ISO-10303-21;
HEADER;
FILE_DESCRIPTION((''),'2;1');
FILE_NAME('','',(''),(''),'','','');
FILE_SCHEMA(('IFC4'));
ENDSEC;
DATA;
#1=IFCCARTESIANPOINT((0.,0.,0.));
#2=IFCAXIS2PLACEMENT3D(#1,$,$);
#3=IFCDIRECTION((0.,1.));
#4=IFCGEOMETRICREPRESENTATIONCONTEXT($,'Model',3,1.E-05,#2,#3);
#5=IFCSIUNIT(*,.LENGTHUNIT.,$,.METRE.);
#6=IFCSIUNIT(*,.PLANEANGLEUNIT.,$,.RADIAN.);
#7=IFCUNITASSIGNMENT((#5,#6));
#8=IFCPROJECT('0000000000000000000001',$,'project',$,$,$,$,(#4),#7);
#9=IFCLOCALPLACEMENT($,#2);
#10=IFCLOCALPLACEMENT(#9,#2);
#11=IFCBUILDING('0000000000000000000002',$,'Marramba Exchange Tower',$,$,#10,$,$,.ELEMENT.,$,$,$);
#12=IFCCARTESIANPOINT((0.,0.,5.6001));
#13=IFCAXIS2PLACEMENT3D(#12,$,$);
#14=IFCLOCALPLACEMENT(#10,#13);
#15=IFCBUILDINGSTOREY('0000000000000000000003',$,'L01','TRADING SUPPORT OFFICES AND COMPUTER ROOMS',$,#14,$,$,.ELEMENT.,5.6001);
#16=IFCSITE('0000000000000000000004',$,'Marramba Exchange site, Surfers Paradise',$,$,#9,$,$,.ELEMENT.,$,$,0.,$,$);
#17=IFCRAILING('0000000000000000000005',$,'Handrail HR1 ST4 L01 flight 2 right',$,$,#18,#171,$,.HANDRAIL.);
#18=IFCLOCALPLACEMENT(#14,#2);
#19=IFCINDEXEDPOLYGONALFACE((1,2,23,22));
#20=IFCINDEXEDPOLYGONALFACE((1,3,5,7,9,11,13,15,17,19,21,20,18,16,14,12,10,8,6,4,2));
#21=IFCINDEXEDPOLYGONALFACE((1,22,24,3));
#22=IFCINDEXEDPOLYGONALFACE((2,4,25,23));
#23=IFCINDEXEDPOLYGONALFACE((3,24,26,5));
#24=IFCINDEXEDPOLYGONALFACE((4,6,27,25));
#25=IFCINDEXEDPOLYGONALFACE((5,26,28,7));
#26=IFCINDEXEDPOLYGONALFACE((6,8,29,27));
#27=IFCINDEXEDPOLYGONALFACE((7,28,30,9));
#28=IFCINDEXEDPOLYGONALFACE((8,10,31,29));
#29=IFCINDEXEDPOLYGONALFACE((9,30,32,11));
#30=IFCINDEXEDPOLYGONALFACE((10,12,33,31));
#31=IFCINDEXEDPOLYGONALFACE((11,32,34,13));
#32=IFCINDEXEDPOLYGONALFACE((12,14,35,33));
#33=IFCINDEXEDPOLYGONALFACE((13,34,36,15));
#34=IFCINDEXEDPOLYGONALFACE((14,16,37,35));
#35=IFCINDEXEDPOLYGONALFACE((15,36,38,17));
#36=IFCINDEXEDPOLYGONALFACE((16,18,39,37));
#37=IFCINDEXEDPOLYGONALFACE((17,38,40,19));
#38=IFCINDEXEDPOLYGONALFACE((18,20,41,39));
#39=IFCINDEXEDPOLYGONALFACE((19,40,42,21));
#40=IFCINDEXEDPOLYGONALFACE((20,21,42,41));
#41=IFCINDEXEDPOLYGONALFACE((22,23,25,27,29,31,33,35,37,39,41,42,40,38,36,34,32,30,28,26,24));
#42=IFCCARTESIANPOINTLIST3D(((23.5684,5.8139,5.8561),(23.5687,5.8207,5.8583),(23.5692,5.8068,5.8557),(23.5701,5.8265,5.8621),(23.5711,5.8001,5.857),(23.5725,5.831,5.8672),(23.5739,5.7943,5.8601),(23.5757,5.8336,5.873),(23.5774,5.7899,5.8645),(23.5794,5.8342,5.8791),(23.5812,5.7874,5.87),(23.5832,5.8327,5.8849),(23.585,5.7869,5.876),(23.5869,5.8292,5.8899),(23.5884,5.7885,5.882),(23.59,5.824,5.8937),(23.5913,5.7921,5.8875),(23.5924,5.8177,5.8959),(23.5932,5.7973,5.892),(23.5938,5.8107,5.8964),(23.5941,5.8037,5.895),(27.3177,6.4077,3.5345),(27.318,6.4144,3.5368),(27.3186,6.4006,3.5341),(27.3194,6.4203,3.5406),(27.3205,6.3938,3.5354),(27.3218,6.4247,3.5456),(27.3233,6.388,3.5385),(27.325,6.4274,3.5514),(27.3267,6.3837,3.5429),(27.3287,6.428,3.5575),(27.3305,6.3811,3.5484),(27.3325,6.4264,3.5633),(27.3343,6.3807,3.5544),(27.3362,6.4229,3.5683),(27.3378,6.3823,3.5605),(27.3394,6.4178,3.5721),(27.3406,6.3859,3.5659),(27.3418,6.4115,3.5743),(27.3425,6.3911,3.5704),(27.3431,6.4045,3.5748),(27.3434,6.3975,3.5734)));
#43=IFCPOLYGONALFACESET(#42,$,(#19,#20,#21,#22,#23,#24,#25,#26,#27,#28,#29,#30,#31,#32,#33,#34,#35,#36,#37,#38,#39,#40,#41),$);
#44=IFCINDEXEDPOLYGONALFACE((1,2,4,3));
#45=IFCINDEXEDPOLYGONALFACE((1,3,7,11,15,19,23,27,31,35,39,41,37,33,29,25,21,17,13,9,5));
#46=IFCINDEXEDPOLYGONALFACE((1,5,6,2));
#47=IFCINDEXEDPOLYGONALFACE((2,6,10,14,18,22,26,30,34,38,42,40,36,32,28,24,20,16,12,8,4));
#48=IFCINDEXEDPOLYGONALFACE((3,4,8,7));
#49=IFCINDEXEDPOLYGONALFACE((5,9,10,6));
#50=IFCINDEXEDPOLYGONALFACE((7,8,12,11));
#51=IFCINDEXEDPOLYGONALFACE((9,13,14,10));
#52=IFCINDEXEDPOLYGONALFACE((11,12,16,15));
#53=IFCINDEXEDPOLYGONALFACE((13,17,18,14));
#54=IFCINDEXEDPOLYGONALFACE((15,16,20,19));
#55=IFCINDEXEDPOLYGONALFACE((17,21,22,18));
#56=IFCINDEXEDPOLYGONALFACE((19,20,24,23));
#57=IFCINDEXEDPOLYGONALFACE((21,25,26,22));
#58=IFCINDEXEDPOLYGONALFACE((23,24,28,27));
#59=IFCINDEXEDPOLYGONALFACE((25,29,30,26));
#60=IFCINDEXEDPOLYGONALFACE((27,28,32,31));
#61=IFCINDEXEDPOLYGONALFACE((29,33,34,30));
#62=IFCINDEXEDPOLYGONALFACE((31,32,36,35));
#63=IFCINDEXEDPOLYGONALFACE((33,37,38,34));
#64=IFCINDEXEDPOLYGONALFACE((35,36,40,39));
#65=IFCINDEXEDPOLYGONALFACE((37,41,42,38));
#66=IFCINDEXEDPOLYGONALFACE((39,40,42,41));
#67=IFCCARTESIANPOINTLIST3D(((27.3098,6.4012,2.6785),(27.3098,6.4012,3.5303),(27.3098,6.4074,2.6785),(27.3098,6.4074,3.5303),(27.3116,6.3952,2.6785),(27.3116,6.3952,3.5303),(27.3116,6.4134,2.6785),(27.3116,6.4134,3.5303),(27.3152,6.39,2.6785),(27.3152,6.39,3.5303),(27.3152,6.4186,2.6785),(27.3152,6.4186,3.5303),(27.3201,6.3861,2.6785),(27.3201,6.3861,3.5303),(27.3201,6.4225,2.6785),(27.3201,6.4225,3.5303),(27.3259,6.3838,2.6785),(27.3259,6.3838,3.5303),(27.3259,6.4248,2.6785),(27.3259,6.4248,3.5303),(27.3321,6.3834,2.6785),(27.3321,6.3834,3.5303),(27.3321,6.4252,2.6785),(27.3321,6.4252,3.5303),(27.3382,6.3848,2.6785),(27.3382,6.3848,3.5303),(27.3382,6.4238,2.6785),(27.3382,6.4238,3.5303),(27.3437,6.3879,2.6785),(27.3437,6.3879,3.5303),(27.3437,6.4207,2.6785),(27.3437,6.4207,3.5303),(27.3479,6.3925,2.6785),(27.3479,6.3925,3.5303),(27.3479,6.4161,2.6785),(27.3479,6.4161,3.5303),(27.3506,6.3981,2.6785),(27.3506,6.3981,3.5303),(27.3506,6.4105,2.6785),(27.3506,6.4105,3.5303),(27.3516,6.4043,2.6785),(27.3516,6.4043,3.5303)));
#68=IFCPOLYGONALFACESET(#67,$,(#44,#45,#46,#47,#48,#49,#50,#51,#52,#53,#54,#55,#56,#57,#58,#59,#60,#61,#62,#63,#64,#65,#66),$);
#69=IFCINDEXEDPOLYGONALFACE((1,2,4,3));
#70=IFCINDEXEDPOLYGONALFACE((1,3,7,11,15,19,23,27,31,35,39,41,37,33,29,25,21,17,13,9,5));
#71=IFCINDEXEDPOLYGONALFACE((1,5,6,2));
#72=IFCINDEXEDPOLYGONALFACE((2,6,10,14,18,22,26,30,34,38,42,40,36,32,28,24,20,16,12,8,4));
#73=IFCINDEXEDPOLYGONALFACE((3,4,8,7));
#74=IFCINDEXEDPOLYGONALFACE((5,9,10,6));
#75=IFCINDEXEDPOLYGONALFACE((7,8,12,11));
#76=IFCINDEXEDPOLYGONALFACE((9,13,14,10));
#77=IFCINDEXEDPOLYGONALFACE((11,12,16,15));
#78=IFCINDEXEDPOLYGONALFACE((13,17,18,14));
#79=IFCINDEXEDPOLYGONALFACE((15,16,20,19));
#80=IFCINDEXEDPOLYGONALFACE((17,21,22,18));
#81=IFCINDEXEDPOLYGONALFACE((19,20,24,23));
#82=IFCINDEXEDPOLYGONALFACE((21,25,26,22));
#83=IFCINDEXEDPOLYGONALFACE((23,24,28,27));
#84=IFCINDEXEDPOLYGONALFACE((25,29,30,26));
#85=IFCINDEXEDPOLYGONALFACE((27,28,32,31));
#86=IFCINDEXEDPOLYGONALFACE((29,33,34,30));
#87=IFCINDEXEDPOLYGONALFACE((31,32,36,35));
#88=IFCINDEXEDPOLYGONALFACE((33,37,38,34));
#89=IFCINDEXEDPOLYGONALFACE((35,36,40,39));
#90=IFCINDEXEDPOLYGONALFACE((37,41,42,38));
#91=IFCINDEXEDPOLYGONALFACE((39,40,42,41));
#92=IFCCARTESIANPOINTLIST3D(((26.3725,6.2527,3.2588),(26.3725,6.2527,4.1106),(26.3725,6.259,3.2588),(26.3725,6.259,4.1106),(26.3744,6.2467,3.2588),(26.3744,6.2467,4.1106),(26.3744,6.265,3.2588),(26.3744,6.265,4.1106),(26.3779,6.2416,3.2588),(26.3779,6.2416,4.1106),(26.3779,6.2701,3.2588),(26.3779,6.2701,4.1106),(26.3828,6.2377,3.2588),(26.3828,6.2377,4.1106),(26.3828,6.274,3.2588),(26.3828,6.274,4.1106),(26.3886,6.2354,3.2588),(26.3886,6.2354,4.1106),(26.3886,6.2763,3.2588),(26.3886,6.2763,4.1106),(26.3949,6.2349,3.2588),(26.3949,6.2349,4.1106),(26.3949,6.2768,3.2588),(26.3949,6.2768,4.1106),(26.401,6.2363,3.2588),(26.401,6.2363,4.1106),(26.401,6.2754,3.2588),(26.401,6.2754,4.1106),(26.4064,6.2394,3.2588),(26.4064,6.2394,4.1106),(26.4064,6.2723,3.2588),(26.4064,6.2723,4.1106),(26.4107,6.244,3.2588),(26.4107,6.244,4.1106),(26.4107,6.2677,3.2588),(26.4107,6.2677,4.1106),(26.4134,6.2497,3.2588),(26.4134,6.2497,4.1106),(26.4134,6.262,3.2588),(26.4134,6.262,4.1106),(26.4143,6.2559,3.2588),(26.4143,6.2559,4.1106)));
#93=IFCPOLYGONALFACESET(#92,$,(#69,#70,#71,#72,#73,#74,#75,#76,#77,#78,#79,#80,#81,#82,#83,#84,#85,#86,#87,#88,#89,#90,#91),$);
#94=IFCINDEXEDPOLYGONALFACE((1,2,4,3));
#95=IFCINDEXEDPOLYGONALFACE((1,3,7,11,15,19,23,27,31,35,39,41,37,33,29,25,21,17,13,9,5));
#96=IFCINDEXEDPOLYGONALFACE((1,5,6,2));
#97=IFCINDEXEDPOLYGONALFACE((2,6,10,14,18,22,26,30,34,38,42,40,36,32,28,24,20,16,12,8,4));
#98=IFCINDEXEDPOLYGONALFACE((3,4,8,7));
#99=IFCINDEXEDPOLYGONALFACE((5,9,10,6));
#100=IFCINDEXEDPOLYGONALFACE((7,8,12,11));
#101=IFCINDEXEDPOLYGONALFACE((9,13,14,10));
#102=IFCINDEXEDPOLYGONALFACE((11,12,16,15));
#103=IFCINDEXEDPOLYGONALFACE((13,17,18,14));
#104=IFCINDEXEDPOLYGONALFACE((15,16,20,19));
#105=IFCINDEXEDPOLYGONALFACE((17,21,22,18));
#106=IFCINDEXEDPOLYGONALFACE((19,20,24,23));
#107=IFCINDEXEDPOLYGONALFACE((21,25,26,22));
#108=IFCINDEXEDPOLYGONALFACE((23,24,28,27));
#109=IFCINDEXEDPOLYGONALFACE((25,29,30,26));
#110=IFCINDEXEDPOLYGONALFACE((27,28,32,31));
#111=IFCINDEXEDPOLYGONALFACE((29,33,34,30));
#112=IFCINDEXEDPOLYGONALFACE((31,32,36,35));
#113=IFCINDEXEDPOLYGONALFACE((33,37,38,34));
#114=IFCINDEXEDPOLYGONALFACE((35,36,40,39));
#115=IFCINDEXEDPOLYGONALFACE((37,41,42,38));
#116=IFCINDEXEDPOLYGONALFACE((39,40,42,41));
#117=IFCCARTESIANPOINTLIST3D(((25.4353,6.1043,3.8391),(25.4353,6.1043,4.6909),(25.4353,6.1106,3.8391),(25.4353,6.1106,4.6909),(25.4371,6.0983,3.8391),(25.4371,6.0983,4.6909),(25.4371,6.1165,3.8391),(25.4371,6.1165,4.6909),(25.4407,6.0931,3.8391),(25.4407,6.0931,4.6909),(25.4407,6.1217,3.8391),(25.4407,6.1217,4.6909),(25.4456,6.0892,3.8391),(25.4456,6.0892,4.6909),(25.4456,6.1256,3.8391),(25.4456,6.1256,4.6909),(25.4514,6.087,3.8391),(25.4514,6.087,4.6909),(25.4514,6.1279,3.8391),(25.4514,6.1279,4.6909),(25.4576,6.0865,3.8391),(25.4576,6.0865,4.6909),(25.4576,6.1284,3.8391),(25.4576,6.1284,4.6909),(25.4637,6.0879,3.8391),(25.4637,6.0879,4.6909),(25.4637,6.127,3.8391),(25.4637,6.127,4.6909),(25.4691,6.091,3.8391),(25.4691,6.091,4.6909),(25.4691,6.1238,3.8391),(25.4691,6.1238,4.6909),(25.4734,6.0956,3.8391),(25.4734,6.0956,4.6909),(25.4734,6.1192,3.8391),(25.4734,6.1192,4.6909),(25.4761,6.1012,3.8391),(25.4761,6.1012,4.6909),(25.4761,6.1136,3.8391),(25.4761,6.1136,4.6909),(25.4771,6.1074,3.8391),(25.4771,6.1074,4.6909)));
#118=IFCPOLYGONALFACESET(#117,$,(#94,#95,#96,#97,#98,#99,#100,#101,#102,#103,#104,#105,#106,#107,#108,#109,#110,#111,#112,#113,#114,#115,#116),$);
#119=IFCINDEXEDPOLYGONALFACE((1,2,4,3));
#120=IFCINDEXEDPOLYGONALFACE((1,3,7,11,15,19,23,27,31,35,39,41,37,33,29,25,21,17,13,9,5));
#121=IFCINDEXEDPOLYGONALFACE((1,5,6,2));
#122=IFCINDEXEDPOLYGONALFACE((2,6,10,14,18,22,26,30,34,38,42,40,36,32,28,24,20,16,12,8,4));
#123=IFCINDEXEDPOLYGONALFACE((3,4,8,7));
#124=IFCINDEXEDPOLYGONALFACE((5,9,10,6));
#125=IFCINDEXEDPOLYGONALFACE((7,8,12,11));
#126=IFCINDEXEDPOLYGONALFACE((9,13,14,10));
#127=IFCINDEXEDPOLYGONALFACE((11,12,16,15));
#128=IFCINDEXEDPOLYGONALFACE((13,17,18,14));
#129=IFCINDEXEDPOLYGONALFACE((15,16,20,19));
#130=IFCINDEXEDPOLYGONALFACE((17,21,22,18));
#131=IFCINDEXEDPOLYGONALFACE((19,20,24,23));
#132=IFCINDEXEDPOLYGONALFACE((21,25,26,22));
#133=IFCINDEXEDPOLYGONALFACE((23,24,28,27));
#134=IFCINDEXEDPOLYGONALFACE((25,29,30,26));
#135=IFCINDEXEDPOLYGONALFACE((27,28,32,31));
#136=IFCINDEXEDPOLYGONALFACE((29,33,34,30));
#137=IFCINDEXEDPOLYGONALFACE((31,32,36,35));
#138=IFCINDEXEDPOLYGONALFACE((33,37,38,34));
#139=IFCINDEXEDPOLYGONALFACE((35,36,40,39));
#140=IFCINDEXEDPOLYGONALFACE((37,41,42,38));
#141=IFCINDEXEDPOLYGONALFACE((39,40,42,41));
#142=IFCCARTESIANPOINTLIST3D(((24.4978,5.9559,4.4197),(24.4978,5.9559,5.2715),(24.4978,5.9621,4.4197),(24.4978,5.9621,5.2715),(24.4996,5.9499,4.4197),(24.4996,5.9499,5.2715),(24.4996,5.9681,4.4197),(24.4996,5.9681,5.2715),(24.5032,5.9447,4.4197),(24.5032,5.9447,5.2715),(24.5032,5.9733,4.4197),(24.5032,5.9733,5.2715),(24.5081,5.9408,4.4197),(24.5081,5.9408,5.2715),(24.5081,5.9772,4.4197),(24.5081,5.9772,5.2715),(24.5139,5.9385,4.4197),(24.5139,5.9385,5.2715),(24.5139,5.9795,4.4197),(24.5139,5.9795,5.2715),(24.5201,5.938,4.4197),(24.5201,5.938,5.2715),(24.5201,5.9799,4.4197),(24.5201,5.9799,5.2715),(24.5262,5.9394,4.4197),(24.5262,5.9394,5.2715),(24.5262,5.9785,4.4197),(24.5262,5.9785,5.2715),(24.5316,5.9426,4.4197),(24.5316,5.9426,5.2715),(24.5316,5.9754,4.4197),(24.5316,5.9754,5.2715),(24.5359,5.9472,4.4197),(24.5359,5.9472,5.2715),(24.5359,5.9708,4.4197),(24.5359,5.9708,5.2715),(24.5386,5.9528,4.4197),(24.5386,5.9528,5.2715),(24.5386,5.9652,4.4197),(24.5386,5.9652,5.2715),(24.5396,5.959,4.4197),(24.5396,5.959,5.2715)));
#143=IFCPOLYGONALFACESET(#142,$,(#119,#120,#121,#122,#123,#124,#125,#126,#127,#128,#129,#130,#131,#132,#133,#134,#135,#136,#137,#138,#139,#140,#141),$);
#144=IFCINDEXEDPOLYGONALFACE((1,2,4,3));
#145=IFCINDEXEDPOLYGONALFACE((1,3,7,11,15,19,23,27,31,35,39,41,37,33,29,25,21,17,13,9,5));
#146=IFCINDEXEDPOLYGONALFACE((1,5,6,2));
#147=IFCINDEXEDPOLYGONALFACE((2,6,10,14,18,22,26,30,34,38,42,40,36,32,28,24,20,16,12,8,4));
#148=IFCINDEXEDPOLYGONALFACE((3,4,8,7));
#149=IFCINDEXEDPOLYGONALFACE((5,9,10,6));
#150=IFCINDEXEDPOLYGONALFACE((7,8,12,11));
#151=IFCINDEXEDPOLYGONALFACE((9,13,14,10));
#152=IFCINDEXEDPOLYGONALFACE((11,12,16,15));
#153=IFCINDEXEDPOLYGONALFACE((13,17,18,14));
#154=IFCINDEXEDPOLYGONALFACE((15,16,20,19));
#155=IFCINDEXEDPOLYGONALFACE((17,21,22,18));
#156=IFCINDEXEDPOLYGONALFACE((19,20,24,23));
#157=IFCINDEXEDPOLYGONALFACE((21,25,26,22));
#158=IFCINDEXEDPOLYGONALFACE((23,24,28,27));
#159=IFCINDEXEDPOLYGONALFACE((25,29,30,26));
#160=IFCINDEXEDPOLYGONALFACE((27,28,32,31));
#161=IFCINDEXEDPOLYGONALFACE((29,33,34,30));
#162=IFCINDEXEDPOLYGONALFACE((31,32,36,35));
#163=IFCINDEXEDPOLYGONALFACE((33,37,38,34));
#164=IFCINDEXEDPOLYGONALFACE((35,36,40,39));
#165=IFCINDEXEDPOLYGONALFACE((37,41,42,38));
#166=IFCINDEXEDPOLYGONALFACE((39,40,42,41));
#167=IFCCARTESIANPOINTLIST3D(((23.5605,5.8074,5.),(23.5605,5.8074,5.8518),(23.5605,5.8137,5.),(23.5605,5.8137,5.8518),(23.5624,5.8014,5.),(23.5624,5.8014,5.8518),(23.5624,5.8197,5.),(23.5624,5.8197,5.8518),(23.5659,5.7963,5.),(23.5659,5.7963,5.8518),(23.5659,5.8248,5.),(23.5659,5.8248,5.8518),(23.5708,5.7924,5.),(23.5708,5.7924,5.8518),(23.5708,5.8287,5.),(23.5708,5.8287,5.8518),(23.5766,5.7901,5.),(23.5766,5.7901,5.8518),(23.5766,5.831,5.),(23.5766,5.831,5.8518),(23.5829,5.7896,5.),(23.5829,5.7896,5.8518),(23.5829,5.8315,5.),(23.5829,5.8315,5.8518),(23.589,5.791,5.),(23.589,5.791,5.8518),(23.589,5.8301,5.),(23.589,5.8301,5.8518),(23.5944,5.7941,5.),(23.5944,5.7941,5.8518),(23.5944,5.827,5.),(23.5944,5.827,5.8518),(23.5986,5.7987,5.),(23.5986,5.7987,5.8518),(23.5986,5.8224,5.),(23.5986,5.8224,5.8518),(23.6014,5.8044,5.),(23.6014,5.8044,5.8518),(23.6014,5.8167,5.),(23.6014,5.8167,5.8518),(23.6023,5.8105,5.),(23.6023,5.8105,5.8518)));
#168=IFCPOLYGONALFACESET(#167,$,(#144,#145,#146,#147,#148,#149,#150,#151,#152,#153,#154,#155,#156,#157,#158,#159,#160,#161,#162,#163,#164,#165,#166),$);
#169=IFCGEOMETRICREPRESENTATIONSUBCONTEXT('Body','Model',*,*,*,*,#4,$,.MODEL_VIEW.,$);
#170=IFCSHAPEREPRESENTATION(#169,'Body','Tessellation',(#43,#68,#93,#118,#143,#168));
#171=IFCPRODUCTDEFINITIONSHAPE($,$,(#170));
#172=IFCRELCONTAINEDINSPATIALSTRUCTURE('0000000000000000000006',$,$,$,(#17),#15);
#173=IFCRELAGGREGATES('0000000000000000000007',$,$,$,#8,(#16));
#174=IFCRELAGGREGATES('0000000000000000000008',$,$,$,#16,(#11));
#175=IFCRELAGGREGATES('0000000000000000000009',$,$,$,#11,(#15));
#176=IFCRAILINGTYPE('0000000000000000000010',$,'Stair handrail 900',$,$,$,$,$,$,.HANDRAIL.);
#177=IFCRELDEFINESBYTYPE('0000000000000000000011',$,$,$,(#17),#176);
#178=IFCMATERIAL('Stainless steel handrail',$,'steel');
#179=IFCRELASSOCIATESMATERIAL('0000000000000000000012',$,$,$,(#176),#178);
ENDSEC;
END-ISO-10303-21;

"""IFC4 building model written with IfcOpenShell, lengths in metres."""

from ifc_helpers import new_model, si_unit, direction, frame, origin, origin_2d, place, context, subcontext, project, spatial, circle, extrude, material, type_object, element, save


model = new_model("IFC4")

# Units and contexts
model_context = context("Model", 3, precision=1e-05, world=origin(), true_north=direction((0.0, 1.0)))
body_context = subcontext(model_context, "Body", "Model", "MODEL_VIEW")
ifc_project = project(units=[si_unit("LENGTHUNIT", "METRE"), si_unit("PLANEANGLEUNIT", "RADIAN")], contexts=[model_context])

# Site, building, storey
site_placement = place(None, origin())
site = spatial("IfcSite", under=ifc_project, at=site_placement, Name="Marramba Exchange site, Surfers Paradise", CompositionType="ELEMENT", RefElevation=0.0)
building_placement = place(site_placement, origin())
building = spatial("IfcBuilding", under=site, at=building_placement, Name="Marramba Exchange Tower", CompositionType="ELEMENT")
storey_placement = place(building_placement, frame((0.0, 0.0, 5.6001)))
storey = spatial("IfcBuildingStorey", under=building, at=storey_placement, Name="L01", Description="TRADING SUPPORT OFFICES AND COMPUTER ROOMS", CompositionType="ELEMENT", Elevation=5.6001)

# Railing
ifc_material_1 = material(Name="Stainless steel handrail", Category="steel")
railing_type = type_object("IfcRailingType", Name="Stair handrail 900", PredefinedType="HANDRAIL", material=ifc_material_1)
railing_1_placement = place(storey_placement, frame((27.3306, 6.4043, 2.6785)))
element("IfcRailing", 1, at=railing_1_placement, inside=storey, type_object=railing_type, Name="Handrail HR1 ST4 L01 flight 2 right", PredefinedType="HANDRAIL", context=body_context, shape_type="SweptSolid", body=[
    extrude(circle(Radius=0.0239, at=origin_2d()), frame((0.0, 0.0, 0.876), z_axis=(-0.842605, -0.133439, 0.521738), x_axis=(0.156415, -0.987691, 0.0)), (0.0, 0.0, 1.0), 4.4497),
    extrude(circle(Radius=0.021, at=origin_2d()), origin(), (0.0, 0.0, 1.0), 0.8518),
    extrude(circle(Radius=0.021, at=origin_2d()), frame((-0.9373, -0.1484, 0.5803)), (0.0, 0.0, 1.0), 0.8518),
    extrude(circle(Radius=0.021, at=origin_2d()), frame((-1.8745, -0.2969, 1.1606)), (0.0, 0.0, 1.0), 0.8518),
    extrude(circle(Radius=0.021, at=origin_2d()), frame((-2.812, -0.4453, 1.7412)), (0.0, 0.0, 1.0), 0.8518),
    extrude(circle(Radius=0.021, at=origin_2d()), frame((-3.7493, -0.5938, 2.3215)), (0.0, 0.0, 1.0), 0.8518),
])

save(model, "model.ifc")
